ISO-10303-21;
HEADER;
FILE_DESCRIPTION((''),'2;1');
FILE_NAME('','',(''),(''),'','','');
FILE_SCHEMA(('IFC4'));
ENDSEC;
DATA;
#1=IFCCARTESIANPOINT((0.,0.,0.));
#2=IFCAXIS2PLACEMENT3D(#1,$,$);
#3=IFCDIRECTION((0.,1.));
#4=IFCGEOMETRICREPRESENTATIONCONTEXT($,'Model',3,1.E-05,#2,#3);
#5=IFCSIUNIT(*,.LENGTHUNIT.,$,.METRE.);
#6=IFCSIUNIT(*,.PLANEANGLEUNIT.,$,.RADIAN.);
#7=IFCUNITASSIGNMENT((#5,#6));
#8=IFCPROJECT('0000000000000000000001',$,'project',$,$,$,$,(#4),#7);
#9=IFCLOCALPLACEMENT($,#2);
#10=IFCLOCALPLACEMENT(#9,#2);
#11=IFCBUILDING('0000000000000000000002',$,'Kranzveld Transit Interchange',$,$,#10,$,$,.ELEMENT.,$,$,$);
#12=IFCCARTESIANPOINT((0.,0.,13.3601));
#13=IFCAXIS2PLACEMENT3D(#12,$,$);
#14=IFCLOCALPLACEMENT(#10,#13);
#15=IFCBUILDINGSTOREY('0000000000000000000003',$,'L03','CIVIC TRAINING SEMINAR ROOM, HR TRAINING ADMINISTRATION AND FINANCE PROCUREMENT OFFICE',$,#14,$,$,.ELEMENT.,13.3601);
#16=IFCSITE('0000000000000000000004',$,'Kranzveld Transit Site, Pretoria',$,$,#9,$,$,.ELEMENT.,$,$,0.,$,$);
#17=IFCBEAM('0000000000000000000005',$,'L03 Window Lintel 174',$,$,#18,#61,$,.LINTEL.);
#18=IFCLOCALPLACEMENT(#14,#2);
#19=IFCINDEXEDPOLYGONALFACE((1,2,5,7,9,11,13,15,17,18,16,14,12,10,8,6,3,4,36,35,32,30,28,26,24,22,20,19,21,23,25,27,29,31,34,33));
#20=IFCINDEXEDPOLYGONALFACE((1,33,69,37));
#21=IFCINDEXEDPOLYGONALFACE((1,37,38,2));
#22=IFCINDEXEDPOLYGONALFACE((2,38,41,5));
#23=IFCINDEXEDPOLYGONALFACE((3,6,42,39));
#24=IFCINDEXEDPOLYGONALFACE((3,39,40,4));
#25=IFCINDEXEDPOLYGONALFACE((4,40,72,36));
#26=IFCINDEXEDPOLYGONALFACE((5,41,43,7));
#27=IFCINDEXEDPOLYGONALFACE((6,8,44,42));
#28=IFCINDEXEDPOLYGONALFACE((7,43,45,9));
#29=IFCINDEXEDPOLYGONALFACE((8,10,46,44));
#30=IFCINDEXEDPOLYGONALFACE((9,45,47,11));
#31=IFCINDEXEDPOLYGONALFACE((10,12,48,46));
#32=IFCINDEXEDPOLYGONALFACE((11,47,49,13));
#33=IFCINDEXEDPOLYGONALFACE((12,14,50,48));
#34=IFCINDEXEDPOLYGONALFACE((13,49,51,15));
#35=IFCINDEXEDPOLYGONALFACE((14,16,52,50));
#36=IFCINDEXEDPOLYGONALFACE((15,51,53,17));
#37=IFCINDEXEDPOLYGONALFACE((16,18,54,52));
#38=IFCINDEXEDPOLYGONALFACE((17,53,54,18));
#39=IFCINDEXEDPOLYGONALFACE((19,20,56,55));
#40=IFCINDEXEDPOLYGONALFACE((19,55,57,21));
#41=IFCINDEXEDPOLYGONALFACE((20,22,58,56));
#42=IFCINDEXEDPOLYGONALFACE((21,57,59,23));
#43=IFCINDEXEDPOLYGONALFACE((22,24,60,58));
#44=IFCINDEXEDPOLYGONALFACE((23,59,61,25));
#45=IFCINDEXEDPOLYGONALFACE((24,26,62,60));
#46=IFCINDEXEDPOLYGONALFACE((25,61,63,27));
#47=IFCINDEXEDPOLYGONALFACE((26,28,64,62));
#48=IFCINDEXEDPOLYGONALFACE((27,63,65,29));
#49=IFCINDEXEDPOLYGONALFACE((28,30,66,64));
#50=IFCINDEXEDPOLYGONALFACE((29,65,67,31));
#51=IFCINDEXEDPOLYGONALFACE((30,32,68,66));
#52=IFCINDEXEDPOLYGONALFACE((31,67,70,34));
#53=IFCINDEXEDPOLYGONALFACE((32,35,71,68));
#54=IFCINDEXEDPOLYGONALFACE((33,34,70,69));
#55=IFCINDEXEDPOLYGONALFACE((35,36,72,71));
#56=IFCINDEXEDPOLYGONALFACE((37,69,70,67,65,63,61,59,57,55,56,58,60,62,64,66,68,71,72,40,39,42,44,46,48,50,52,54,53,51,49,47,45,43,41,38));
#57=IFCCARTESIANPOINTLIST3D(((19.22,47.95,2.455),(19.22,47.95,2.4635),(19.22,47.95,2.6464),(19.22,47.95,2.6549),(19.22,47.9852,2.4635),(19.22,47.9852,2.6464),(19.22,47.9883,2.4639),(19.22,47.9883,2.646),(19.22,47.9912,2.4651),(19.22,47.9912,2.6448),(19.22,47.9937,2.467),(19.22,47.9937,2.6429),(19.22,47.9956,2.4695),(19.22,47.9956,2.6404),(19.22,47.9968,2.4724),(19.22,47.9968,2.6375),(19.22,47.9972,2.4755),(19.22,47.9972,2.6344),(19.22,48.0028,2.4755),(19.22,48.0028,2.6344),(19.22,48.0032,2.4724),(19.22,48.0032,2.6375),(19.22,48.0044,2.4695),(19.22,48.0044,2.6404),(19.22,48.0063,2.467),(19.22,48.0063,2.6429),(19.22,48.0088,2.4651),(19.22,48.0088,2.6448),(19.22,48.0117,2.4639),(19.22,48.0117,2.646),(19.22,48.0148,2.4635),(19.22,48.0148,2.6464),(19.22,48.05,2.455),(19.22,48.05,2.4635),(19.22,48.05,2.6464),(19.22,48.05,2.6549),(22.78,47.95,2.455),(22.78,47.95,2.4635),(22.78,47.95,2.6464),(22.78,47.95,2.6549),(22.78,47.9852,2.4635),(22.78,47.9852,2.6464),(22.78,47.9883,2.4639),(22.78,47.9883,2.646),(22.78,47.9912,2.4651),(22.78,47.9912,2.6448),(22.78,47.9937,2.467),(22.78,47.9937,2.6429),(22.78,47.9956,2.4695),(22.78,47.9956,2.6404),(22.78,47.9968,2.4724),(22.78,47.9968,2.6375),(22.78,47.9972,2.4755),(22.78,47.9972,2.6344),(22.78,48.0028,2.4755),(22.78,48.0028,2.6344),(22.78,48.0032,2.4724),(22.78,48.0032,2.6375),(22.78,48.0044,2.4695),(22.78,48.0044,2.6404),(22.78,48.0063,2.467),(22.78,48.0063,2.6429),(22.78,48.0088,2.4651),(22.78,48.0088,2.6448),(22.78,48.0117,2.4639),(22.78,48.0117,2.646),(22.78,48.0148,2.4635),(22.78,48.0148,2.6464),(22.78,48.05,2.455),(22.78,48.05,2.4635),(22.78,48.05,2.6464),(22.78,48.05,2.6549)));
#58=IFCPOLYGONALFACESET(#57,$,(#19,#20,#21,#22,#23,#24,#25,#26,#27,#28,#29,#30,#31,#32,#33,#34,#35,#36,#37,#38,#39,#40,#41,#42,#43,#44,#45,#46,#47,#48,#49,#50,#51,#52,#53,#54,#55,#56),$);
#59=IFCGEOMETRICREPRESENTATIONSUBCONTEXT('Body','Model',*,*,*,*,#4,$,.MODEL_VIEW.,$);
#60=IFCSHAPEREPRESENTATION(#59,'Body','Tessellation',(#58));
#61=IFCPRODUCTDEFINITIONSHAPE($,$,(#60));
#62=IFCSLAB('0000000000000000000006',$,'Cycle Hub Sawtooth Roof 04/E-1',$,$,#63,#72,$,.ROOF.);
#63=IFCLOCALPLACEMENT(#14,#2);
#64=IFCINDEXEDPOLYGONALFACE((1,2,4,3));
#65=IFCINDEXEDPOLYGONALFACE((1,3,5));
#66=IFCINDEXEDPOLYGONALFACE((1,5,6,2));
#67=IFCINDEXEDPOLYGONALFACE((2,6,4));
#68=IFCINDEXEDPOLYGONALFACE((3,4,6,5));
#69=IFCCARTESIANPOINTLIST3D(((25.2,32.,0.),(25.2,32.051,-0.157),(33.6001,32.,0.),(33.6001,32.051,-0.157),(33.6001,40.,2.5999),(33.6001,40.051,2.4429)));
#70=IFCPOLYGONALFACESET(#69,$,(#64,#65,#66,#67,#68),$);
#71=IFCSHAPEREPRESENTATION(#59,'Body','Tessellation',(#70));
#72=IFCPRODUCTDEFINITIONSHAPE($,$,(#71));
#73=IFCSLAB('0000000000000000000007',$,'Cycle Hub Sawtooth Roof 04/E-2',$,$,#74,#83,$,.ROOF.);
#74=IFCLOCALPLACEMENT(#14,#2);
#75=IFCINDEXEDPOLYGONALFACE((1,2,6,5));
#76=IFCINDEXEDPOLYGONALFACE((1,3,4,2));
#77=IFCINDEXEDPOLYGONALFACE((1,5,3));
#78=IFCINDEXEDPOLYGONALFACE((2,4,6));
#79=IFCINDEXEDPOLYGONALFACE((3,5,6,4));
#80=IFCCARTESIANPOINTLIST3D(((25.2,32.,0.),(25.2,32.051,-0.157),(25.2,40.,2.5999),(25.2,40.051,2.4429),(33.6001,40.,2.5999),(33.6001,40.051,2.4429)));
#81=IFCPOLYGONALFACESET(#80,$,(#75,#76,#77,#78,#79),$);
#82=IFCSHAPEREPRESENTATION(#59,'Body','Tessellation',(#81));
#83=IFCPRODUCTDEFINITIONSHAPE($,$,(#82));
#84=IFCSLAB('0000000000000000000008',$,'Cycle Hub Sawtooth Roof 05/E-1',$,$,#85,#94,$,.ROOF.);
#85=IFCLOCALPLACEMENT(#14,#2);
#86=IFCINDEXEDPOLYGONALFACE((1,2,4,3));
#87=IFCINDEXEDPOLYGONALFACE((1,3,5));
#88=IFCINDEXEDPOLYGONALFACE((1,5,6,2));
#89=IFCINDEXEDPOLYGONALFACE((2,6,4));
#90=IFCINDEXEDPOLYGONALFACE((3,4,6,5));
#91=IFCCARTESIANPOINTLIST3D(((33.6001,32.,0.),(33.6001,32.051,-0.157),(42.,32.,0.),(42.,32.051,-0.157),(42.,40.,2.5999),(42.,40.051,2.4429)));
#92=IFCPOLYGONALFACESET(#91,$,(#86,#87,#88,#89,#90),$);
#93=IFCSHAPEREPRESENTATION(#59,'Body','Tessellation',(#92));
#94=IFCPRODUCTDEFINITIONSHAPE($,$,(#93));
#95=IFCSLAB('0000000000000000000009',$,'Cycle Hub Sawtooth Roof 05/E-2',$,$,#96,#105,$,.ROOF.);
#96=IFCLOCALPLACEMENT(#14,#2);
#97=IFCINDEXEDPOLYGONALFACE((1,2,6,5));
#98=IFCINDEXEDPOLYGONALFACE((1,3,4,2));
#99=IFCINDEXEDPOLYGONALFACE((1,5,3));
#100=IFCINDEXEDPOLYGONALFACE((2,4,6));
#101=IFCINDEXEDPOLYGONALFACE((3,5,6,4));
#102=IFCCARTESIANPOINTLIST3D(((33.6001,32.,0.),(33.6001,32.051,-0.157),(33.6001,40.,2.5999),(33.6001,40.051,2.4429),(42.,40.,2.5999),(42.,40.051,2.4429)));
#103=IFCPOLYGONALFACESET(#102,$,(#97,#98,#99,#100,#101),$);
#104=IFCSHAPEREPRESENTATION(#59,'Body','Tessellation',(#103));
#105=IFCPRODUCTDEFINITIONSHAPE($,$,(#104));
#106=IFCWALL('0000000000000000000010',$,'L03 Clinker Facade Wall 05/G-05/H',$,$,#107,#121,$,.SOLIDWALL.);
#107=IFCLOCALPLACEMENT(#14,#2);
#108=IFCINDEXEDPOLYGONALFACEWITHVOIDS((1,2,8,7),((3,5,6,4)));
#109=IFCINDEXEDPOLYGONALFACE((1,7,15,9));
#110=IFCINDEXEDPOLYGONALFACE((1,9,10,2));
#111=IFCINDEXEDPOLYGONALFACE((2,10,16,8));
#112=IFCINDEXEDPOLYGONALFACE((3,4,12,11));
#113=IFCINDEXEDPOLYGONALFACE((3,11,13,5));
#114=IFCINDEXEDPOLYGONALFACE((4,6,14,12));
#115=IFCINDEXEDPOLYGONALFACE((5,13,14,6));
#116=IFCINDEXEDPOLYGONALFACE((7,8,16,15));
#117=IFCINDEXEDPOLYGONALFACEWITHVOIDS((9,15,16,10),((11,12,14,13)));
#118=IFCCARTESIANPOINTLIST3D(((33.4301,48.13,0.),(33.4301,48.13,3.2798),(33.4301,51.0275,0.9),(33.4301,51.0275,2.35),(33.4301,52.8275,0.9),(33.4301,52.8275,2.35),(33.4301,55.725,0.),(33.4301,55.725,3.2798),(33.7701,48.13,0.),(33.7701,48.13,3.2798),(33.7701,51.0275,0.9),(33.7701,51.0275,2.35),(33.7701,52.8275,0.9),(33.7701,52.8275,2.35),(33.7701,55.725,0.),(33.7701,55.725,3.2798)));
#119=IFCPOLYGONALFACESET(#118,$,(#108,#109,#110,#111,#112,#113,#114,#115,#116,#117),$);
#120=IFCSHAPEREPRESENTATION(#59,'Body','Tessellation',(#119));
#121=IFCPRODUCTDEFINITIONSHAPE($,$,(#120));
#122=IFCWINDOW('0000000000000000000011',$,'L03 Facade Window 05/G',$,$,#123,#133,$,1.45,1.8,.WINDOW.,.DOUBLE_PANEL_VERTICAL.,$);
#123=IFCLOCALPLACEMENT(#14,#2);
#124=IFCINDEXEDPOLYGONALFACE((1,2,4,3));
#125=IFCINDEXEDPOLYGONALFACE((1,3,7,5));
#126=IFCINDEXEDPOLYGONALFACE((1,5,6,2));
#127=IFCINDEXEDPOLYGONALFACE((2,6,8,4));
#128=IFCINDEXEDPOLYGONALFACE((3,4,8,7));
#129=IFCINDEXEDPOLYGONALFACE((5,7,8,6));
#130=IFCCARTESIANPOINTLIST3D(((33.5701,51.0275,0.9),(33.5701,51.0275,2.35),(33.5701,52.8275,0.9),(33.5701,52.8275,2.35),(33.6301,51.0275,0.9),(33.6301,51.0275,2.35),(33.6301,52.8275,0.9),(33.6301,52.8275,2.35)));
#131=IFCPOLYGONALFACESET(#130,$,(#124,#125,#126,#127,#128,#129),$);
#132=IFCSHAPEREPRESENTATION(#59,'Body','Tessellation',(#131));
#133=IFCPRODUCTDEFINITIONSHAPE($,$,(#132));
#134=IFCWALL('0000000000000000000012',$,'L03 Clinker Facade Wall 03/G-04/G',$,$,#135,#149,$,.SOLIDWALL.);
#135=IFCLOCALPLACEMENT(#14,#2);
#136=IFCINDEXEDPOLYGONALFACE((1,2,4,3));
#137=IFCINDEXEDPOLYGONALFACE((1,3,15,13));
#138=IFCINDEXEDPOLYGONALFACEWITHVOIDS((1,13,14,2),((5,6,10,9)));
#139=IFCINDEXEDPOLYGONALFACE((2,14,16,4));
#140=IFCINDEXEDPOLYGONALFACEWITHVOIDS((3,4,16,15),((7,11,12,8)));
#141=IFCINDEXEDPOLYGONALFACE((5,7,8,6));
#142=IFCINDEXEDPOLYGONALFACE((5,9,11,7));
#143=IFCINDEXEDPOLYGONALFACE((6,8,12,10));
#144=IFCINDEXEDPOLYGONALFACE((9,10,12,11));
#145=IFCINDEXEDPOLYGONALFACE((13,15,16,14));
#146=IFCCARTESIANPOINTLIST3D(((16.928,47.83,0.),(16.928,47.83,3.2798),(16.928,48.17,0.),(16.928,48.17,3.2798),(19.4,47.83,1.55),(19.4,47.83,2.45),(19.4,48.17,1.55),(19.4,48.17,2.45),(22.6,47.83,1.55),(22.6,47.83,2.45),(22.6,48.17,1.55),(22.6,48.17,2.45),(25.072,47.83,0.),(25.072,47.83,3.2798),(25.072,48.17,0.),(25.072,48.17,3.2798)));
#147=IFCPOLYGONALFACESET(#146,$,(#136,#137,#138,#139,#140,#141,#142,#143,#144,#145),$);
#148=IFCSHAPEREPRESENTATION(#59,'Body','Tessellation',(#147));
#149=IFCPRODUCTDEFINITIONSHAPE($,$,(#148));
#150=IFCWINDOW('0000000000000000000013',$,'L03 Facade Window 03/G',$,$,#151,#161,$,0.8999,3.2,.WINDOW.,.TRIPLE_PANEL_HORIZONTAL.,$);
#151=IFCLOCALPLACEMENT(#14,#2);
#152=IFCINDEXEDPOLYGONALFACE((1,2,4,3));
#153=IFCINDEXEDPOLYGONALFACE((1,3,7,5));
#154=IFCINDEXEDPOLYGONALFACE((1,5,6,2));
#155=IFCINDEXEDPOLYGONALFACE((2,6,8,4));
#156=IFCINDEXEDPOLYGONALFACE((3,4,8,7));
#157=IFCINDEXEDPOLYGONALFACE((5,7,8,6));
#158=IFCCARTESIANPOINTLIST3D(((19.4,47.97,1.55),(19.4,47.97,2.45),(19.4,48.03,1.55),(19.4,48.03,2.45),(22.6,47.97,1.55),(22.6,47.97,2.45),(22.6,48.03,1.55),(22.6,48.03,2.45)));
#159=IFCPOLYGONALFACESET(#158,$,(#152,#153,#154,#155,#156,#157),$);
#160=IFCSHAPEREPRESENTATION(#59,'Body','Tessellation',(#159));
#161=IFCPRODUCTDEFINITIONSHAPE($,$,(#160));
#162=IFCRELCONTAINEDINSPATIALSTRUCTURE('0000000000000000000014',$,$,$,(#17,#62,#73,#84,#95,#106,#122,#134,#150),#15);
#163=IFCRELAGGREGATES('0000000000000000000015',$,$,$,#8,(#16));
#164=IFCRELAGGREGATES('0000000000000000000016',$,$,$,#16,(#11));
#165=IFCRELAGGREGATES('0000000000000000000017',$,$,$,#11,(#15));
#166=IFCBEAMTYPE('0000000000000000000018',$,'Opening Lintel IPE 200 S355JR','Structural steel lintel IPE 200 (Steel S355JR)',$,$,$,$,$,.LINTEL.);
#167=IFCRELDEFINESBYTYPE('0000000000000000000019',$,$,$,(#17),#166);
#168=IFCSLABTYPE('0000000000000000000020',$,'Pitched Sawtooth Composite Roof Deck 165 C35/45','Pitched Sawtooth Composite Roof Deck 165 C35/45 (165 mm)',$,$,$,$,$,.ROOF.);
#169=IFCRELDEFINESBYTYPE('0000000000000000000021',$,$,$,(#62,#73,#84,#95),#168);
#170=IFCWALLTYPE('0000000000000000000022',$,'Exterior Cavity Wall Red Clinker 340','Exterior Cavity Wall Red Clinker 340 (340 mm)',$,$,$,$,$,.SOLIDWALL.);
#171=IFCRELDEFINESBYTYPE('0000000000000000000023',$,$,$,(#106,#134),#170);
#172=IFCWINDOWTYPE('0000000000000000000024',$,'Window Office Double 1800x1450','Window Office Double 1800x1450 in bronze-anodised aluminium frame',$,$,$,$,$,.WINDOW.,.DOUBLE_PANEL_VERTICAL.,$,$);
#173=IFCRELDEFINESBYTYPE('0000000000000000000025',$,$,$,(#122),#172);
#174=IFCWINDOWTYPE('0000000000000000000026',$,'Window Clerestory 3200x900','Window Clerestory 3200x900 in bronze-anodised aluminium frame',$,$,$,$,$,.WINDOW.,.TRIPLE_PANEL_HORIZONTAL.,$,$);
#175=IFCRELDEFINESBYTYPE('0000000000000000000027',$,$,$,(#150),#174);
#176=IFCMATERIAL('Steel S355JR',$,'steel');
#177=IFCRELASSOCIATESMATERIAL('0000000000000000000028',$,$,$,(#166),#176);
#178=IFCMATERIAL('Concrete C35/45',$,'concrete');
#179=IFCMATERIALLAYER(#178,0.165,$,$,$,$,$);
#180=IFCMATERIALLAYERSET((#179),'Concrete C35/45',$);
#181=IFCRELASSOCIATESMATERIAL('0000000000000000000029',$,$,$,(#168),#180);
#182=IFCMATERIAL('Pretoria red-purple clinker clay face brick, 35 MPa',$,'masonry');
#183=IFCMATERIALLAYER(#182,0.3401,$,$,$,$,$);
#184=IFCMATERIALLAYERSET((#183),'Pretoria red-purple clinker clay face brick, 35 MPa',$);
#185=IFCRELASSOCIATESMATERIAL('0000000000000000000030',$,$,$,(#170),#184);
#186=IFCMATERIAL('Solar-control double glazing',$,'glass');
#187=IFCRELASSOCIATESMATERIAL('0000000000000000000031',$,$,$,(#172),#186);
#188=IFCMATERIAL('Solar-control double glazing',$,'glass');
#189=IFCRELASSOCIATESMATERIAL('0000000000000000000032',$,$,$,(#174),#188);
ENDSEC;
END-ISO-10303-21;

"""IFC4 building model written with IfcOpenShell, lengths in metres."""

from ifc_helpers import new_model, si_unit, direction, frame, frame_2d, origin, origin_2d, place, context, subcontext, project, spatial, polyline, rectangle, i_section, outline, extrude, material, layer, layer_set, material_profile, profile_set, type_object, element, fill, save


model = new_model("IFC4")

# Units and contexts
model_context = context("Model", 3, precision=1e-05, world=origin(), true_north=direction((0.0, 1.0)))
body_context = subcontext(model_context, "Body", "Model", "MODEL_VIEW")
ifc_project = project(units=[si_unit("LENGTHUNIT", "METRE"), si_unit("PLANEANGLEUNIT", "RADIAN")], contexts=[model_context])

# Site, building, storey
site_placement = place(None, origin())
site = spatial("IfcSite", under=ifc_project, at=site_placement, Name="Kranzveld Transit Site, Pretoria", CompositionType="ELEMENT", RefElevation=0.0)
building_placement = place(site_placement, origin())
building = spatial("IfcBuilding", under=site, at=building_placement, Name="Kranzveld Transit Interchange", CompositionType="ELEMENT")
storey_placement = place(building_placement, frame((0.0, 0.0, 13.3601)))
storey = spatial("IfcBuildingStorey", under=building, at=storey_placement, Name="L03", Description="CIVIC TRAINING SEMINAR ROOM, HR TRAINING ADMINISTRATION AND FINANCE PROCUREMENT OFFICE", CompositionType="ELEMENT", Elevation=13.3601)

# Beam
ifc_material_1 = material(Name="Steel S355JR", Category="steel")
ifc_material_profile_1 = material_profile(ifc_material_1, i_section(OverallWidth=0.1001, OverallDepth=0.2, WebThickness=0.0056, FlangeThickness=0.0085, FilletRadius=0.012, at=origin_2d()), Name="IPE 200")
ifc_profile_set_1 = profile_set([ifc_material_profile_1], Name="Steel S355JR")
beam_type_1 = type_object("IfcBeamType", Name="Opening Lintel IPE 200 S355JR", Description="Structural steel lintel IPE 200 (Steel S355JR)", PredefinedType="LINTEL", material=ifc_profile_set_1)
beam_1_placement = place(storey_placement, frame((19.22, 48.0, 2.5549), z_axis=(1.0, 0.0, 0.0), x_axis=(0.0, 1.0, 0.0)))
element("IfcBeam", 1, at=beam_1_placement, inside=storey, type_object=beam_type_1, Name="L03 Window Lintel 174", PredefinedType="LINTEL", context=body_context, shape_type="SweptSolid", body=[
    extrude(i_section(OverallWidth=0.1001, OverallDepth=0.2, WebThickness=0.0056, FlangeThickness=0.0085, FilletRadius=0.012, at=origin_2d()), origin(), (0.0, 0.0, 1.0), 3.5601),
])

# Slabs
ifc_material_2 = material(Name="Concrete C35/45", Category="concrete")
ifc_layer_1 = layer(ifc_material_2, 0.165)
ifc_layer_set_1 = layer_set([ifc_layer_1], Name="Concrete C35/45")
slab_type = type_object("IfcSlabType", Name="Pitched Sawtooth Composite Roof Deck 165 C35/45", Description="Pitched Sawtooth Composite Roof Deck 165 C35/45 (165 mm)", PredefinedType="ROOF", material=ifc_layer_set_1)
slab_1_placement = place(storey_placement, frame((25.2, 32.0, 0.0), z_axis=(0.0, -0.30907, 0.951039), x_axis=(1.0, 0.0, 0.0)))
element("IfcSlab", 2, at=slab_1_placement, inside=storey, type_object=slab_type, Name="Cycle Hub Sawtooth Roof 04/E-1", PredefinedType="ROOF", context=body_context, shape_type="SweptSolid", body=[
    extrude(outline(polyline([(0.0, 0.0), (8.4001, 0.0), (8.4001, 8.4119), (0.0, 0.0)])), origin(), (0.0, 0.0, -1.0), 0.165),
])
slab_2_placement = place(storey_placement, frame((25.2, 32.0, 0.0), z_axis=(0.0, -0.30907, 0.951039), x_axis=(0.706614, 0.672954, 0.218698)))
element("IfcSlab", 3, at=slab_2_placement, inside=storey, type_object=slab_type, Name="Cycle Hub Sawtooth Roof 04/E-2", PredefinedType="ROOF", context=body_context, shape_type="SweptSolid", body=[
    extrude(outline(polyline([(0.0, 0.0), (11.8879, 0.0), (5.9522, 5.9439), (0.0, 0.0)])), origin(), (0.0, 0.0, -1.0), 0.165),
])
slab_3_placement = place(storey_placement, frame((33.6001, 32.0, 0.0), z_axis=(0.0, -0.30907, 0.951039), x_axis=(1.0, 0.0, 0.0)))
element("IfcSlab", 4, at=slab_3_placement, inside=storey, type_object=slab_type, Name="Cycle Hub Sawtooth Roof 05/E-1", PredefinedType="ROOF", context=body_context, shape_type="SweptSolid", body=[
    extrude(outline(polyline([(0.0, 0.0), (8.3999, 0.0), (8.3999, 8.4119), (0.0, 0.0)])), origin(), (0.0, 0.0, -1.0), 0.165),
])
slab_4_placement = place(storey_placement, frame((33.6001, 32.0, 0.0), z_axis=(0.0, -0.30907, 0.951039), x_axis=(0.706604, 0.672964, 0.218701)))
element("IfcSlab", 5, at=slab_4_placement, inside=storey, type_object=slab_type, Name="Cycle Hub Sawtooth Roof 05/E-2", PredefinedType="ROOF", context=body_context, shape_type="SweptSolid", body=[
    extrude(outline(polyline([(0.0, 0.0), (11.8877, 0.0), (5.9523, 5.9438), (0.0, 0.0)])), origin(), (0.0, 0.0, -1.0), 0.165),
])

# Walls, openings, windows
ifc_material_3 = material(Name="Pretoria red-purple clinker clay face brick, 35 MPa", Category="masonry")
ifc_layer_2 = layer(ifc_material_3, 0.3401)
ifc_layer_set_2 = layer_set([ifc_layer_2], Name="Pretoria red-purple clinker clay face brick, 35 MPa")
wall_type_1 = type_object("IfcWallType", Name="Exterior Cavity Wall Red Clinker 340", Description="Exterior Cavity Wall Red Clinker 340 (340 mm)", PredefinedType="SOLIDWALL", material=ifc_layer_set_2)
wall_1_placement = place(storey_placement, frame((33.6001, 48.1301, 0.0), z_axis=(0.0, 0.0, 1.0), x_axis=(0.0, 1.0, 0.0)))
wall_1 = element("IfcWall", 6, at=wall_1_placement, inside=storey, type_object=wall_type_1, Name="L03 Clinker Facade Wall 05/G-05/H", PredefinedType="SOLIDWALL", context=body_context, shape_type="SweptSolid", body=[
    extrude(rectangle(XDim=7.595, YDim=0.3401, at=frame_2d((3.7974, 0.0))), origin(), (0.0, 0.0, 1.0), 3.2798),
])
opening_1_placement = place(wall_1_placement, frame((2.8975, 0.0, 0.8999), z_axis=(0.0, 0.0, 1.0), x_axis=(1.0, 0.0, 0.0)))
opening_1 = element("IfcOpeningElement", 7, at=opening_1_placement, cuts=wall_1, PredefinedType="OPENING", context=body_context, shape_type="SweptSolid", body=[
    extrude(rectangle(XDim=1.8, YDim=1.45, at=frame_2d((0.8999, 0.7251))), frame((0.0, 0.1799, 0.0), z_axis=(0.0, -1.0, 0.0), x_axis=(1.0, 0.0, 0.0)), (0.0, 0.0, 1.0), 0.3601),
])
ifc_material_4 = material(Name="Solar-control double glazing", Category="glass")
window_type_1 = type_object("IfcWindowType", Name="Window Office Double 1800x1450", Description="Window Office Double 1800x1450 in bronze-anodised aluminium frame", PartitioningType="DOUBLE_PANEL_VERTICAL", PredefinedType="WINDOW", material=ifc_material_4)
window_1_placement = place(opening_1_placement, origin())
window_1 = element("IfcWindow", 8, at=window_1_placement, inside=storey, type_object=window_type_1, Name="L03 Facade Window 05/G", OverallHeight=1.45, OverallWidth=1.8, PartitioningType="DOUBLE_PANEL_VERTICAL", PredefinedType="WINDOW", context=body_context, shape_type="SweptSolid", body=[
    extrude(rectangle(XDim=1.8, YDim=1.45, at=frame_2d((0.8999, 0.7251))), frame((0.0, 0.03, 0.0), z_axis=(0.0, -1.0, 0.0), x_axis=(1.0, 0.0, 0.0)), (0.0, 0.0, 1.0), 0.0601),
])
fill(opening_1, window_1)
wall_2_placement = place(storey_placement, frame((16.928, 48.0, 0.0), z_axis=(0.0, 0.0, 1.0), x_axis=(1.0, 0.0, 0.0)))
wall_2 = element("IfcWall", 9, at=wall_2_placement, inside=storey, type_object=wall_type_1, Name="L03 Clinker Facade Wall 03/G-04/G", PredefinedType="SOLIDWALL", context=body_context, shape_type="SweptSolid", body=[
    extrude(rectangle(XDim=8.144, YDim=0.3401, at=frame_2d((4.072, 0.0))), origin(), (0.0, 0.0, 1.0), 3.2798),
])
opening_2_placement = place(wall_2_placement, frame((2.4719, 0.0, 1.55), z_axis=(0.0, 0.0, 1.0), x_axis=(1.0, 0.0, 0.0)))
opening_2 = element("IfcOpeningElement", 10, at=opening_2_placement, cuts=wall_2, PredefinedType="OPENING", context=body_context, shape_type="SweptSolid", body=[
    extrude(rectangle(XDim=3.2, YDim=0.8999, at=frame_2d((1.6001, 0.45))), frame((0.0, 0.1799, 0.0), z_axis=(0.0, -1.0, 0.0), x_axis=(1.0, 0.0, 0.0)), (0.0, 0.0, 1.0), 0.3601),
])
ifc_material_5 = material(Name="Solar-control double glazing", Category="glass")
window_type_2 = type_object("IfcWindowType", Name="Window Clerestory 3200x900", Description="Window Clerestory 3200x900 in bronze-anodised aluminium frame", PartitioningType="TRIPLE_PANEL_HORIZONTAL", PredefinedType="WINDOW", material=ifc_material_5)
window_2_placement = place(opening_2_placement, origin())
window_2 = element("IfcWindow", 11, at=window_2_placement, inside=storey, type_object=window_type_2, Name="L03 Facade Window 03/G", OverallHeight=0.8999, OverallWidth=3.2, PartitioningType="TRIPLE_PANEL_HORIZONTAL", PredefinedType="WINDOW", context=body_context, shape_type="SweptSolid", body=[
    extrude(rectangle(XDim=3.2, YDim=0.8999, at=frame_2d((1.6001, 0.45))), frame((0.0, 0.03, 0.0), z_axis=(0.0, -1.0, 0.0), x_axis=(1.0, 0.0, 0.0)), (0.0, 0.0, 1.0), 0.0601),
])
fill(opening_2, window_2)

save(model, "model.ifc")
